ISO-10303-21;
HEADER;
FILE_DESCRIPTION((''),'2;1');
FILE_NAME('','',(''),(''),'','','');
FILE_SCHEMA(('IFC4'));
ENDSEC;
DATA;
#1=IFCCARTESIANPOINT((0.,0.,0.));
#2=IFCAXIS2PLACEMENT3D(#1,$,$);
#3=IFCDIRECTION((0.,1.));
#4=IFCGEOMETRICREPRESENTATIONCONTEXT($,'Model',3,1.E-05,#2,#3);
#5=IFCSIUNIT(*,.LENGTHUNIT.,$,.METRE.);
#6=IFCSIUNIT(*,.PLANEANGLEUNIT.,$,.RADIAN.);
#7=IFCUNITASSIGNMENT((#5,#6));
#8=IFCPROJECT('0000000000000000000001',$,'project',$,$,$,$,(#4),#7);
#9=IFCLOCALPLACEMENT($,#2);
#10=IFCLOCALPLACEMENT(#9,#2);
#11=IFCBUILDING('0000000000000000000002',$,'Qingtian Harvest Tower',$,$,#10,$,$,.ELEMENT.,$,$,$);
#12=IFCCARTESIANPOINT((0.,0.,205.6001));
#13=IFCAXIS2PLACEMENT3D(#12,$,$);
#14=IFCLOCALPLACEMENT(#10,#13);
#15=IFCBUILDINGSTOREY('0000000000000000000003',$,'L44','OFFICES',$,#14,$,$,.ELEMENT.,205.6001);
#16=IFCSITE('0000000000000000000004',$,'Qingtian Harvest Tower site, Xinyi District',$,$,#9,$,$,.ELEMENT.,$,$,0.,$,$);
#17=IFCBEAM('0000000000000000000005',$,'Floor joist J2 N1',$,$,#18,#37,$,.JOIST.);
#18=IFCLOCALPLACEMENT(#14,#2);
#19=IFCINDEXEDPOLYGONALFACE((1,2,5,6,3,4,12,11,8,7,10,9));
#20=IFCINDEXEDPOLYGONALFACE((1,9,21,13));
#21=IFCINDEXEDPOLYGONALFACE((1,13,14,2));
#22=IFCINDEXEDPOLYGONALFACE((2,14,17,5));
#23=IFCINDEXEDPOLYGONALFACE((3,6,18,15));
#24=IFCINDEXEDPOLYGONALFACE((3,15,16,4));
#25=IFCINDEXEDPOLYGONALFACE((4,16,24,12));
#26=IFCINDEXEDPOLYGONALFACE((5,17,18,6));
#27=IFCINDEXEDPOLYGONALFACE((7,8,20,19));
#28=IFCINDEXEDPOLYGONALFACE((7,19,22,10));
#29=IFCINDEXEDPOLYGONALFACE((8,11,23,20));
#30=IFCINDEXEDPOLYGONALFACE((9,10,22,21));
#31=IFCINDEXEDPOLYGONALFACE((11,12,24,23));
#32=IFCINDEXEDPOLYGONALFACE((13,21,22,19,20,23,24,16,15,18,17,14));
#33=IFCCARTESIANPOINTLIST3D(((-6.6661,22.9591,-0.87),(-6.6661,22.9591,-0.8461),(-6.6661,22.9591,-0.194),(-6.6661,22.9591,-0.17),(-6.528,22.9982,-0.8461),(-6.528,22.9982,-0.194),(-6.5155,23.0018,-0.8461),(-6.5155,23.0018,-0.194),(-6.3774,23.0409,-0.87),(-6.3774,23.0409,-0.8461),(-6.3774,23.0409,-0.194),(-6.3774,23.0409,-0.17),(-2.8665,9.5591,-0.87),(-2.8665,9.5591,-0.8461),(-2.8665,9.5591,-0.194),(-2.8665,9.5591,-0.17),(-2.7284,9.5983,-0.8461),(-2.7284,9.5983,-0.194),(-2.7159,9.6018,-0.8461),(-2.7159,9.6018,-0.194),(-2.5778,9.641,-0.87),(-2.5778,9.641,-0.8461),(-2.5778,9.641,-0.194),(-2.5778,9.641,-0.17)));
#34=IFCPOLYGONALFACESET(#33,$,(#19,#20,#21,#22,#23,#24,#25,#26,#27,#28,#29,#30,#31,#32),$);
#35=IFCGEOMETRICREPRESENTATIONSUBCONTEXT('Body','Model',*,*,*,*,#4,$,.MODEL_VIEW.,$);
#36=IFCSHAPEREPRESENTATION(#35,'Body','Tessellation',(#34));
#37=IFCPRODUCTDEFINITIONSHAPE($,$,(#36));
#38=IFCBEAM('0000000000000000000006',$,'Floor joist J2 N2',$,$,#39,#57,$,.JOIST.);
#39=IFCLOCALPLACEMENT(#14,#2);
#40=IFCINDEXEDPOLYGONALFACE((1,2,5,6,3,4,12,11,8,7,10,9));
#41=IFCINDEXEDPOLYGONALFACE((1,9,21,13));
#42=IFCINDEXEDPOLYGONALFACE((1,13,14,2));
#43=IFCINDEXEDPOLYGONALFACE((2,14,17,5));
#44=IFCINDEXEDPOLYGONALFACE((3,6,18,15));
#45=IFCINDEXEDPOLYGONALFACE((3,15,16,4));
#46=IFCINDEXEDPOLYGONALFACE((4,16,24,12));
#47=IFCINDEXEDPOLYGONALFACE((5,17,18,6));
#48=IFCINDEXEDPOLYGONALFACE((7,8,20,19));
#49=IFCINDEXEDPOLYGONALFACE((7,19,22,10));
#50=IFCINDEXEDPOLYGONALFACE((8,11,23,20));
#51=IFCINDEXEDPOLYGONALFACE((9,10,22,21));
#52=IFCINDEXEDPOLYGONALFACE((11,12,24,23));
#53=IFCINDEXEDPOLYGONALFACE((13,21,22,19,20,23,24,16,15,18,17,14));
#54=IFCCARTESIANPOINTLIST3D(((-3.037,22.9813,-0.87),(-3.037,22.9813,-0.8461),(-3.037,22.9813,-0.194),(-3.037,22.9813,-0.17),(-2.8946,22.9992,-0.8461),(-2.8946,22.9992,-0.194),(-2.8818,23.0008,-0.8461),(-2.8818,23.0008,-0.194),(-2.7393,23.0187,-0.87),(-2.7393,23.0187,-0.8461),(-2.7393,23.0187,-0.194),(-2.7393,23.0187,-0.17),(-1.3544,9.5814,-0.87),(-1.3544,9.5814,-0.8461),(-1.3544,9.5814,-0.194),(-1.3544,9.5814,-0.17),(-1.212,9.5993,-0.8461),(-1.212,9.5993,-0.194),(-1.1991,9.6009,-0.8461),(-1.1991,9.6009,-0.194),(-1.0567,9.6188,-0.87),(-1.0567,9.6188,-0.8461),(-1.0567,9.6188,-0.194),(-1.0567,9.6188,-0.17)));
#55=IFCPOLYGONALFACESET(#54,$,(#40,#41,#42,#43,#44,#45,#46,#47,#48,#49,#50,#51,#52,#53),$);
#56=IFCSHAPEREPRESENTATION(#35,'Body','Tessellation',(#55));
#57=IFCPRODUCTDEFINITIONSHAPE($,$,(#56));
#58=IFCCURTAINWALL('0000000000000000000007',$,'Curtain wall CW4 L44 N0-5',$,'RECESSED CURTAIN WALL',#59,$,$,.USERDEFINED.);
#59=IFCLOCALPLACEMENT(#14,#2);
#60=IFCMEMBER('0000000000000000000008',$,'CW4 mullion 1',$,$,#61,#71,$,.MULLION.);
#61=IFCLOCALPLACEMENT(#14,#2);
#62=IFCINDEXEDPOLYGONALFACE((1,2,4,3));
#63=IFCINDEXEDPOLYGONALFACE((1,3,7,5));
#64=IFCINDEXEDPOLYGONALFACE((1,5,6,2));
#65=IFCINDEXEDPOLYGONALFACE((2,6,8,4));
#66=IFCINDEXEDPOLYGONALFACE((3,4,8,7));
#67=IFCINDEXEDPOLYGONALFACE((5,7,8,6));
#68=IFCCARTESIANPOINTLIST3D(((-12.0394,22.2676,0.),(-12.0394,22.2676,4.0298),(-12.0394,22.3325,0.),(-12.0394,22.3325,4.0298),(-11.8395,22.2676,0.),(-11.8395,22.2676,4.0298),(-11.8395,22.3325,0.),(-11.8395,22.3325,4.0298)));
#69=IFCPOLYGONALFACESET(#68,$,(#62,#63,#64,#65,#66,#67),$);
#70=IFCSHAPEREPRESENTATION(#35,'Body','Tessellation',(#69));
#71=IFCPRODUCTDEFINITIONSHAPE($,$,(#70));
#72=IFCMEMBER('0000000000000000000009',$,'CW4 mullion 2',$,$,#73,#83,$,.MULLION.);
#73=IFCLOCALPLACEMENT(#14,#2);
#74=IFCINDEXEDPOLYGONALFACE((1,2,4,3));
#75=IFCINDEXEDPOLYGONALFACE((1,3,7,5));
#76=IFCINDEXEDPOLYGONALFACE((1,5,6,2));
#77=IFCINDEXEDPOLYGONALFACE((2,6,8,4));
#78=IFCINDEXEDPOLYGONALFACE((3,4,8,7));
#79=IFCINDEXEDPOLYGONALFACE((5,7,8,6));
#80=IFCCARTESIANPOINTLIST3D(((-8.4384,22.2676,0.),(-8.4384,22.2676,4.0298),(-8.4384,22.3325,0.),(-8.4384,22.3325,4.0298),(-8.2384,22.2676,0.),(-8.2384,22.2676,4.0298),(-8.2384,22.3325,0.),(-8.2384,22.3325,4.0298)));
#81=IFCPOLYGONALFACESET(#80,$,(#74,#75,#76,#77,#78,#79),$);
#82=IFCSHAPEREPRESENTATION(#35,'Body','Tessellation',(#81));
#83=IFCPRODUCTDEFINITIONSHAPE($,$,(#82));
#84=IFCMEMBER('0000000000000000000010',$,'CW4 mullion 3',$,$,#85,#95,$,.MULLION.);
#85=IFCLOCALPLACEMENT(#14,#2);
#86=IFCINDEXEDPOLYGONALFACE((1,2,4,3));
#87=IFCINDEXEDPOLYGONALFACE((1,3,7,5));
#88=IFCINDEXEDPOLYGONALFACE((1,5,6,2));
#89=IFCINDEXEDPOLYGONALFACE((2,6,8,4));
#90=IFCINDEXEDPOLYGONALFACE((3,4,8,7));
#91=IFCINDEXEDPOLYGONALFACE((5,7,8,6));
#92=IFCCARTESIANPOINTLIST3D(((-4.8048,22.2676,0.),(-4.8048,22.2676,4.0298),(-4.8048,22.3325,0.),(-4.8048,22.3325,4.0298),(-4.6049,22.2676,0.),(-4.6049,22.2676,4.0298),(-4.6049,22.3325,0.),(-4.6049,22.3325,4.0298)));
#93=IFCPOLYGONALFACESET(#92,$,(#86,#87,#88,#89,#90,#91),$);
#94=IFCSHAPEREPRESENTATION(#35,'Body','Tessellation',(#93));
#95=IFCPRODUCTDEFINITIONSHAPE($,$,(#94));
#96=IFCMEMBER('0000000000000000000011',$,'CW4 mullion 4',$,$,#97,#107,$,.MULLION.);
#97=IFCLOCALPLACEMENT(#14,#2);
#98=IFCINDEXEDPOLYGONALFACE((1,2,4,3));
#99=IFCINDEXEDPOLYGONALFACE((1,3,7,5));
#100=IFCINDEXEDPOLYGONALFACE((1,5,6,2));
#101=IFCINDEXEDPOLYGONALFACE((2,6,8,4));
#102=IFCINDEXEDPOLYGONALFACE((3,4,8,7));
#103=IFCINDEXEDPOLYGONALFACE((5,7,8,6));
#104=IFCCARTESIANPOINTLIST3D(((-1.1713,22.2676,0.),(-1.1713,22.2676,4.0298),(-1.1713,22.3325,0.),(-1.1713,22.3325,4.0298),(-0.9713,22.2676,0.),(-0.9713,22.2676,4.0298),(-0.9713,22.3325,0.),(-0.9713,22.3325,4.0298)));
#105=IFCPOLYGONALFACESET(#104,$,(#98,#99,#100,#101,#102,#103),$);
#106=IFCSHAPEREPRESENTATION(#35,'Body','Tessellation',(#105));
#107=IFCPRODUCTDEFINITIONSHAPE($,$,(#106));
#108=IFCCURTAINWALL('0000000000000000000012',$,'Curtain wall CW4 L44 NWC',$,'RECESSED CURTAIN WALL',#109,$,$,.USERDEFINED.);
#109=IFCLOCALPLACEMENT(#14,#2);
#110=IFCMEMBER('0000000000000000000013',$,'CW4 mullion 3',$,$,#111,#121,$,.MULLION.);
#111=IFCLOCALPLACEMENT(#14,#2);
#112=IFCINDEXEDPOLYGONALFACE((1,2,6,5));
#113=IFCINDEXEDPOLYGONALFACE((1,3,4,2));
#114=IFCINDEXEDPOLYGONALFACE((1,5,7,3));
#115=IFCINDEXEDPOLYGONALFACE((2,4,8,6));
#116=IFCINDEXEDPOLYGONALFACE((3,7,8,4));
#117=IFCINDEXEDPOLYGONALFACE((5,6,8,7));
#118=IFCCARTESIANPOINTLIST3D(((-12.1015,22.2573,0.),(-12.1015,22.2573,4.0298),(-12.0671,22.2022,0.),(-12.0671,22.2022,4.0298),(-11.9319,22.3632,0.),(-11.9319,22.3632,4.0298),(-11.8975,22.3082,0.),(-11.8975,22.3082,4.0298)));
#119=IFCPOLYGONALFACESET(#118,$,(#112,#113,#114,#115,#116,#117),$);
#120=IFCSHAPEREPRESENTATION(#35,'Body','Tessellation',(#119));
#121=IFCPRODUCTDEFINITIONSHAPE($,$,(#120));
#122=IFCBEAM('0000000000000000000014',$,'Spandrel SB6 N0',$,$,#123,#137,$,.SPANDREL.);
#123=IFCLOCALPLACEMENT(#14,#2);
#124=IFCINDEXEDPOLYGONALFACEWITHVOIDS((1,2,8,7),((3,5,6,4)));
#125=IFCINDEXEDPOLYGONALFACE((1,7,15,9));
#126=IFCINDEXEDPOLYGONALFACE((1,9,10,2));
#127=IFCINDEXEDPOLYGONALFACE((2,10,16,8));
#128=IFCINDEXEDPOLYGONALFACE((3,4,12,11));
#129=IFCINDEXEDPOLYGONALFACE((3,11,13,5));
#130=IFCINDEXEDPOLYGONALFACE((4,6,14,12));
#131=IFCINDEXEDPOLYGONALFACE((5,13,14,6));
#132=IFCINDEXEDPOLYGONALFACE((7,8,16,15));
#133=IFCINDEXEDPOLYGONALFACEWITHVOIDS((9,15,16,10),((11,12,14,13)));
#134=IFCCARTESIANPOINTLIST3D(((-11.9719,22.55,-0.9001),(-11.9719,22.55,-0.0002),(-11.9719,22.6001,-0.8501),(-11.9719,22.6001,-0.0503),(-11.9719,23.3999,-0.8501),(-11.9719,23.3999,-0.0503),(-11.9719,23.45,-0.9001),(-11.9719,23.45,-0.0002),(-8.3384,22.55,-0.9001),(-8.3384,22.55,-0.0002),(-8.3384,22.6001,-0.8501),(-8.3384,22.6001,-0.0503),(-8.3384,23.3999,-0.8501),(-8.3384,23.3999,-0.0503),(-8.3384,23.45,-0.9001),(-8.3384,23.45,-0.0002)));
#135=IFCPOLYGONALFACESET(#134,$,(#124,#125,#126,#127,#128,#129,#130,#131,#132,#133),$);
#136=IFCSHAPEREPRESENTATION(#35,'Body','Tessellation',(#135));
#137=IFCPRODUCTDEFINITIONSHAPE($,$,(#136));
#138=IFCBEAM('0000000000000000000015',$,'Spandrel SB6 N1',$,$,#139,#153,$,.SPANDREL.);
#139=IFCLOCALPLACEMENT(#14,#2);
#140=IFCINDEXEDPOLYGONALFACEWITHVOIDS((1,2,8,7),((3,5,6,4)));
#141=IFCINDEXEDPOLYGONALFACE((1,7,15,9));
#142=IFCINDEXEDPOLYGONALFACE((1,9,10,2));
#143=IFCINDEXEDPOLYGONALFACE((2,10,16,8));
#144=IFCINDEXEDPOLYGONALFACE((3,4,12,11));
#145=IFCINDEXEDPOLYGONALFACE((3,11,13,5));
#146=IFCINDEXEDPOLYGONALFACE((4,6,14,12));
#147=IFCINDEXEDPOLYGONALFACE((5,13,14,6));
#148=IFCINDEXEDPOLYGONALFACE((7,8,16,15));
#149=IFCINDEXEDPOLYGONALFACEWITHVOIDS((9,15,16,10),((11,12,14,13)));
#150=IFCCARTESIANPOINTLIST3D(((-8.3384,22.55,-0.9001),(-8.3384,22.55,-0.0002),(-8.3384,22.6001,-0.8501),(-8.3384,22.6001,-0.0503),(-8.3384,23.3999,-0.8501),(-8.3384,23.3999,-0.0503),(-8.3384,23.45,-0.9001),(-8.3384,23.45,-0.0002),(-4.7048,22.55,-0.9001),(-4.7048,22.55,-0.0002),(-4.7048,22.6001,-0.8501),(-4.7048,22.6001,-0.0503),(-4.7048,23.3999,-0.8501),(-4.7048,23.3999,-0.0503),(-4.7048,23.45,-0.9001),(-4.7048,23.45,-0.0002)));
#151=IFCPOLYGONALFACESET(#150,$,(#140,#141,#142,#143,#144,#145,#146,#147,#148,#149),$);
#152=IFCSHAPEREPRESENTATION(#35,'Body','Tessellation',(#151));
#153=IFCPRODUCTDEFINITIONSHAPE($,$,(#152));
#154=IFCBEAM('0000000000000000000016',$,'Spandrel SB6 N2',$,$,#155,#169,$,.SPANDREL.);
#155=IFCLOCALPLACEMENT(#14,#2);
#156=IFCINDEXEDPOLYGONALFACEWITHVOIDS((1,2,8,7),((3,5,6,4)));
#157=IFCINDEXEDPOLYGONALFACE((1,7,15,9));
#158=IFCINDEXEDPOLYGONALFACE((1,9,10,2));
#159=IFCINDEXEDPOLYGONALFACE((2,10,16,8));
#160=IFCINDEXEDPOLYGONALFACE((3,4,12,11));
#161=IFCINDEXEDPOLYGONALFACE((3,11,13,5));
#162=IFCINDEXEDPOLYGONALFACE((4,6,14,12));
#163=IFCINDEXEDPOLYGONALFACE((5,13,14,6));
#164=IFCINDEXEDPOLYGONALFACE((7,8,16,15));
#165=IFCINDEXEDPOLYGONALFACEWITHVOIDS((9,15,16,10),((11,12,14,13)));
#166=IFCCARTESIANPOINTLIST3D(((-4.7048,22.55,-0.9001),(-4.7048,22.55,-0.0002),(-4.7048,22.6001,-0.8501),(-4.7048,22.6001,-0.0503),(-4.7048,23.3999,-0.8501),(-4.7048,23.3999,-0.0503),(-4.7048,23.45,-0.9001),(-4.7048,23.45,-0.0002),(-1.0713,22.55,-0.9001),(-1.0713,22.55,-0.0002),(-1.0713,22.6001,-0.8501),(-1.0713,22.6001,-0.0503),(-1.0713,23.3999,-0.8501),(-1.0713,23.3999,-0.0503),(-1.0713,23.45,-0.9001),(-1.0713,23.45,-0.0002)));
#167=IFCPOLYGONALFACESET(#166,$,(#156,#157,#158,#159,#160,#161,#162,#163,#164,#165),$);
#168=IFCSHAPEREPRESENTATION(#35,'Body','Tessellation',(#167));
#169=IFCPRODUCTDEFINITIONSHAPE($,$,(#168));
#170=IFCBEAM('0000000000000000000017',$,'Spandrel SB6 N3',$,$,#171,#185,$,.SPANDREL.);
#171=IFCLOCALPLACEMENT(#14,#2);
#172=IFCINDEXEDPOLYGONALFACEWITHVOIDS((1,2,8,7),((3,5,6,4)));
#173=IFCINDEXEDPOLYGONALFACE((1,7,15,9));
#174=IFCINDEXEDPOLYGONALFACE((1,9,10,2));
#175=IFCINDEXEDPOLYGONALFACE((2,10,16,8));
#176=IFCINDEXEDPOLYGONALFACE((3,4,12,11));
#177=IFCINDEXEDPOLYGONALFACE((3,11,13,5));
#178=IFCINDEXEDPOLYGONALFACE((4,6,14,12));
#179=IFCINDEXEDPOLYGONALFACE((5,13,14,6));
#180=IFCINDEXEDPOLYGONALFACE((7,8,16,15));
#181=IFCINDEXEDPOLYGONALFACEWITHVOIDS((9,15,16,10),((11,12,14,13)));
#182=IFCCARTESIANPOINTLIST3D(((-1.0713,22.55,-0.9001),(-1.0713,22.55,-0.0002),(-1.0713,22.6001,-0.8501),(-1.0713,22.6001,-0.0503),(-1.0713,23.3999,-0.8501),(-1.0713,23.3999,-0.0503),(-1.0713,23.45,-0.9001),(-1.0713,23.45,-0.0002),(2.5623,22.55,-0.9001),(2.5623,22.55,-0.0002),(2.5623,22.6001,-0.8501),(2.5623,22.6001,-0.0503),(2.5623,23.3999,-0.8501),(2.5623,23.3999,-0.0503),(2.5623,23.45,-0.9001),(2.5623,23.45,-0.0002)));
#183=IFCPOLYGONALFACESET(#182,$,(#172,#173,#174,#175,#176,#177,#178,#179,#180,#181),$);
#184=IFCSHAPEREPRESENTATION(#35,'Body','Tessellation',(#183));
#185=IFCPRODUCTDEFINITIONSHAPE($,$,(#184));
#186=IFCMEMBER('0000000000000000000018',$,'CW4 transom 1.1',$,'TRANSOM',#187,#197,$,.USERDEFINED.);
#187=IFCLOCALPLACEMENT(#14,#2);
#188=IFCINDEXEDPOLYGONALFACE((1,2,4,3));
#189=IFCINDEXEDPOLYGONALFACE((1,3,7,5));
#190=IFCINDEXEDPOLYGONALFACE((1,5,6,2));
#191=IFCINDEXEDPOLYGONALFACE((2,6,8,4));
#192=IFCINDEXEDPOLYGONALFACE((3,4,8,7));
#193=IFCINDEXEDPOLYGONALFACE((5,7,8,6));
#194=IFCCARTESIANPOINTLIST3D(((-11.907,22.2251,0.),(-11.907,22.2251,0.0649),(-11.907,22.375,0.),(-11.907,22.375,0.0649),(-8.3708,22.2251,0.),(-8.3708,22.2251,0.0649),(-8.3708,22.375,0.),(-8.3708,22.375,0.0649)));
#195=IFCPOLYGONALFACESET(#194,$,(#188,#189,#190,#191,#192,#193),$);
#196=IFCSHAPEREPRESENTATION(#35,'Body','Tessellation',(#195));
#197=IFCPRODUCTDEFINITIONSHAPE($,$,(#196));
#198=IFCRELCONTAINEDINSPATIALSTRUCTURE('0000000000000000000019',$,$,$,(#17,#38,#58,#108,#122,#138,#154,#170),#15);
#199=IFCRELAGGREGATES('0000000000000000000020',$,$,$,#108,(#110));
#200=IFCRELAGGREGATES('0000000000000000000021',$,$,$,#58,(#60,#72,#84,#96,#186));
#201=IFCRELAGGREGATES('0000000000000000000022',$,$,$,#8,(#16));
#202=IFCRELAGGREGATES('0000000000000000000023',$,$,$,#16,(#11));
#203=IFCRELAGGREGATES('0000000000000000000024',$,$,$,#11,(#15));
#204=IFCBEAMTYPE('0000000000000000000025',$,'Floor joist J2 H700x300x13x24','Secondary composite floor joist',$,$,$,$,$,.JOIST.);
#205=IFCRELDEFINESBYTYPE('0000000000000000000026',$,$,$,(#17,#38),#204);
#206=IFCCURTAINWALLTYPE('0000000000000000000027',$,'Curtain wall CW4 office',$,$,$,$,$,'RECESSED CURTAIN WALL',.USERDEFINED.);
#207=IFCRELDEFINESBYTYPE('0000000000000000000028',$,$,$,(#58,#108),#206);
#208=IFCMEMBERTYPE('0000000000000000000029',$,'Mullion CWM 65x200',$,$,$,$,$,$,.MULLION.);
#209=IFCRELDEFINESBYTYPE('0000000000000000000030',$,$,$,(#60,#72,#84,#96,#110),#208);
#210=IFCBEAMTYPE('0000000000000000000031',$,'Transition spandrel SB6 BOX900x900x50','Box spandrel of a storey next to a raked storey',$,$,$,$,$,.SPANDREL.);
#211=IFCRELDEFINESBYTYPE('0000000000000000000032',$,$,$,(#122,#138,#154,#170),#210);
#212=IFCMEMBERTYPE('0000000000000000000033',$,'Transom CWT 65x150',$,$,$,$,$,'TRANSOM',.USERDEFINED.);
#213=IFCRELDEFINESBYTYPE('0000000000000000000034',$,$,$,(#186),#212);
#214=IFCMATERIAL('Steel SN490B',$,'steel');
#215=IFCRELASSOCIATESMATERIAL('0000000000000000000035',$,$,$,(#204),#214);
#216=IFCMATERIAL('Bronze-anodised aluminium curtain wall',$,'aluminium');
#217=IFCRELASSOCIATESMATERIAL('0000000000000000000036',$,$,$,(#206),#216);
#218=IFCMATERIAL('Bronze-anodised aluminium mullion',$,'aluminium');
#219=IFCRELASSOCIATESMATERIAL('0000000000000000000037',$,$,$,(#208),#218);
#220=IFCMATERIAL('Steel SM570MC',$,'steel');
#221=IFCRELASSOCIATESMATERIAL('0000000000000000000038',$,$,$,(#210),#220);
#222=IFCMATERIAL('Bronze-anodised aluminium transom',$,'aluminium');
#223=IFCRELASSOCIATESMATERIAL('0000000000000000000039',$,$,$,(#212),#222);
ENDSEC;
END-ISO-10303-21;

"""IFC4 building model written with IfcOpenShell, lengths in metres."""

from ifc_helpers import new_model, si_unit, direction, frame, origin, origin_2d, place, context, subcontext, project, spatial, rectangle, hollow_rectangle, i_section, extrude, material, material_profile, profile_set, type_object, element, aggregate, save


model = new_model("IFC4")

# Units and contexts
model_context = context("Model", 3, precision=1e-05, world=origin(), true_north=direction((0.0, 1.0)))
body_context = subcontext(model_context, "Body", "Model", "MODEL_VIEW")
ifc_project = project(units=[si_unit("LENGTHUNIT", "METRE"), si_unit("PLANEANGLEUNIT", "RADIAN")], contexts=[model_context])

# Site, building, storey
site_placement = place(None, origin())
site = spatial("IfcSite", under=ifc_project, at=site_placement, Name="Qingtian Harvest Tower site, Xinyi District", CompositionType="ELEMENT", RefElevation=0.0)
building_placement = place(site_placement, origin())
building = spatial("IfcBuilding", under=site, at=building_placement, Name="Qingtian Harvest Tower", CompositionType="ELEMENT")
storey_placement = place(building_placement, frame((0.0, 0.0, 205.6001)))
storey = spatial("IfcBuildingStorey", under=building, at=storey_placement, Name="L44", Description="OFFICES", CompositionType="ELEMENT", Elevation=205.6001)

# Beams
ifc_material_1 = material(Name="Steel SN490B", Category="steel")
ifc_material_profile_1 = material_profile(ifc_material_1, i_section(OverallWidth=0.3, OverallDepth=0.7, WebThickness=0.0129, FlangeThickness=0.0239, at=origin_2d()), Name="H700x300x13x24")
ifc_profile_set_1 = profile_set([ifc_material_profile_1], Name="Steel SN490B")
beam_type_1 = type_object("IfcBeamType", Name="Floor joist J2 H700x300x13x24", Description="Secondary composite floor joist", PredefinedType="JOIST", material=ifc_profile_set_1)
beam_1_placement = place(storey_placement, frame((-6.5217, 23.0, -0.52), z_axis=(0.272797, -0.962072, 0.0), x_axis=(0.962072, 0.272797, 0.0)))
element("IfcBeam", 1, at=beam_1_placement, inside=storey, type_object=beam_type_1, Name="Floor joist J2 N1", PredefinedType="JOIST", context=body_context, shape_type="SweptSolid", body=[
    extrude(i_section(OverallWidth=0.3, OverallDepth=0.7, WebThickness=0.0129, FlangeThickness=0.0239, at=origin_2d()), origin(), (0.0, 0.0, 1.0), 13.9282),
])
beam_2_placement = place(storey_placement, frame((-2.8882, 23.0, -0.52), z_axis=(0.124591, -0.992208, 0.0), x_axis=(0.992208, 0.124591, 0.0)))
element("IfcBeam", 2, at=beam_2_placement, inside=storey, type_object=beam_type_1, Name="Floor joist J2 N2", PredefinedType="JOIST", context=body_context, shape_type="SweptSolid", body=[
    extrude(i_section(OverallWidth=0.3, OverallDepth=0.7, WebThickness=0.0129, FlangeThickness=0.0239, at=origin_2d()), origin(), (0.0, 0.0, 1.0), 13.5051),
])

# Curtain wall, members
ifc_material_2 = material(Name="Bronze-anodised aluminium curtain wall", Category="aluminium")
curtain_wall_type = type_object("IfcCurtainWallType", Name="Curtain wall CW4 office", ElementType="RECESSED CURTAIN WALL", PredefinedType="USERDEFINED", material=ifc_material_2)
curtain_wall_1_placement = place(storey_placement, origin())
curtain_wall_1 = element("IfcCurtainWall", 3, at=curtain_wall_1_placement, inside=storey, type_object=curtain_wall_type, Name="Curtain wall CW4 L44 N0-5", ObjectType="RECESSED CURTAIN WALL", PredefinedType="USERDEFINED")
ifc_material_3 = material(Name="Bronze-anodised aluminium mullion", Category="aluminium")
ifc_material_profile_2 = material_profile(ifc_material_3, rectangle(XDim=0.0649, YDim=0.2, at=origin_2d()), Name="AL 65x200")
ifc_profile_set_2 = profile_set([ifc_material_profile_2], Name="Bronze-anodised aluminium mullion")
member_type_1 = type_object("IfcMemberType", Name="Mullion CWM 65x200", PredefinedType="MULLION", material=ifc_profile_set_2)
member_1_placement = place(storey_placement, frame((-11.9395, 22.3, 0.0), z_axis=(0.0, 0.0, 1.0), x_axis=(0.0, 1.0, 0.0)))
member_1 = element("IfcMember", 4, at=member_1_placement, type_object=member_type_1, Name="CW4 mullion 1", PredefinedType="MULLION", context=body_context, shape_type="SweptSolid", body=[
    extrude(rectangle(XDim=0.0649, YDim=0.2, at=origin_2d()), origin(), (0.0, 0.0, 1.0), 4.0298),
])
member_2_placement = place(storey_placement, frame((-8.3384, 22.3, 0.0), z_axis=(0.0, 0.0, 1.0), x_axis=(0.0, 1.0, 0.0)))
member_2 = element("IfcMember", 5, at=member_2_placement, type_object=member_type_1, Name="CW4 mullion 2", PredefinedType="MULLION", context=body_context, shape_type="SweptSolid", body=[
    extrude(rectangle(XDim=0.0649, YDim=0.2, at=origin_2d()), origin(), (0.0, 0.0, 1.0), 4.0298),
])
member_3_placement = place(storey_placement, frame((-4.7048, 22.3, 0.0), z_axis=(0.0, 0.0, 1.0), x_axis=(0.0, 1.0, 0.0)))
member_3 = element("IfcMember", 6, at=member_3_placement, type_object=member_type_1, Name="CW4 mullion 3", PredefinedType="MULLION", context=body_context, shape_type="SweptSolid", body=[
    extrude(rectangle(XDim=0.0649, YDim=0.2, at=origin_2d()), origin(), (0.0, 0.0, 1.0), 4.0298),
])
member_4_placement = place(storey_placement, frame((-1.0713, 22.3, 0.0), z_axis=(0.0, 0.0, 1.0), x_axis=(0.0, 1.0, 0.0)))
member_4 = element("IfcMember", 7, at=member_4_placement, type_object=member_type_1, Name="CW4 mullion 4", PredefinedType="MULLION", context=body_context, shape_type="SweptSolid", body=[
    extrude(rectangle(XDim=0.0649, YDim=0.2, at=origin_2d()), origin(), (0.0, 0.0, 1.0), 4.0298),
])

# Curtain wall, member
curtain_wall_2_placement = place(storey_placement, origin())
curtain_wall_2 = element("IfcCurtainWall", 8, at=curtain_wall_2_placement, inside=storey, type_object=curtain_wall_type, Name="Curtain wall CW4 L44 NWC", ObjectType="RECESSED CURTAIN WALL", PredefinedType="USERDEFINED")
member_5_placement = place(storey_placement, frame((-11.9995, 22.2827, 0.0), z_axis=(0.0, 0.0, 1.0), x_axis=(-0.529919, 0.848048, 0.0)))
member_5 = element("IfcMember", 9, at=member_5_placement, type_object=member_type_1, Name="CW4 mullion 3", PredefinedType="MULLION", context=body_context, shape_type="SweptSolid", body=[
    extrude(rectangle(XDim=0.0649, YDim=0.2, at=origin_2d()), origin(), (0.0, 0.0, 1.0), 4.0298),
])
aggregate(curtain_wall_2, [member_5])

# Beams
ifc_material_4 = material(Name="Steel SM570MC", Category="steel")
ifc_material_profile_3 = material_profile(ifc_material_4, hollow_rectangle(XDim=0.8999, YDim=0.8999, WallThickness=0.05, at=origin_2d()), Name="BOX900x900x50")
ifc_profile_set_3 = profile_set([ifc_material_profile_3], Name="Steel SM570MC")
beam_type_2 = type_object("IfcBeamType", Name="Transition spandrel SB6 BOX900x900x50", Description="Box spandrel of a storey next to a raked storey", PredefinedType="SPANDREL", material=ifc_profile_set_3)
for number, where, z_axis, x_axis, name in (
    (10, (-11.9719, 23.0, -0.4502), (1.0, 0.0, 0.0), (0.0, 1.0, 0.0), "Spandrel SB6 N0"),
    (11, (-8.3384, 23.0, -0.4502), (1.0, 0.0, 0.0), (0.0, 1.0, 0.0), "Spandrel SB6 N1"),
    (12, (-4.7048, 23.0, -0.4502), (1.0, 0.0, 0.0), (0.0, 1.0, 0.0), "Spandrel SB6 N2"),
    (13, (-1.0713, 23.0, -0.4502), (1.0, 0.0, 0.0), (0.0, 1.0, 0.0), "Spandrel SB6 N3"),
):
    element("IfcBeam", number, at=place(storey_placement, frame(where, z_axis=z_axis, x_axis=x_axis)), inside=storey, type_object=beam_type_2, Name=name, PredefinedType="SPANDREL", context=body_context, shape_type="SweptSolid", body=[
        extrude(hollow_rectangle(XDim=0.8999, YDim=0.8999, WallThickness=0.05, at=origin_2d()), origin(), (0.0, 0.0, 1.0), 3.6335),
    ])

# Member
ifc_material_5 = material(Name="Bronze-anodised aluminium transom", Category="aluminium")
ifc_material_profile_4 = material_profile(ifc_material_5, rectangle(XDim=0.1499, YDim=0.0649, at=origin_2d()), Name="AL 65x150")
ifc_profile_set_4 = profile_set([ifc_material_profile_4], Name="Bronze-anodised aluminium transom")
member_type_2 = type_object("IfcMemberType", Name="Transom CWT 65x150", ElementType="TRANSOM", PredefinedType="USERDEFINED", material=ifc_profile_set_4)
member_6_placement = place(storey_placement, frame((-11.907, 22.3, 0.0325), z_axis=(1.0, 0.0, 0.0), x_axis=(0.0, 1.0, 0.0)))
member_6 = element("IfcMember", 14, at=member_6_placement, type_object=member_type_2, Name="CW4 transom 1.1", ObjectType="TRANSOM", PredefinedType="USERDEFINED", context=body_context, shape_type="SweptSolid", body=[
    extrude(rectangle(XDim=0.1499, YDim=0.0649, at=origin_2d()), origin(), (0.0, 0.0, 1.0), 3.5361),
])

aggregate(curtain_wall_1, [member_1, member_2, member_3, member_4, member_6])

save(model, "model.ifc")
